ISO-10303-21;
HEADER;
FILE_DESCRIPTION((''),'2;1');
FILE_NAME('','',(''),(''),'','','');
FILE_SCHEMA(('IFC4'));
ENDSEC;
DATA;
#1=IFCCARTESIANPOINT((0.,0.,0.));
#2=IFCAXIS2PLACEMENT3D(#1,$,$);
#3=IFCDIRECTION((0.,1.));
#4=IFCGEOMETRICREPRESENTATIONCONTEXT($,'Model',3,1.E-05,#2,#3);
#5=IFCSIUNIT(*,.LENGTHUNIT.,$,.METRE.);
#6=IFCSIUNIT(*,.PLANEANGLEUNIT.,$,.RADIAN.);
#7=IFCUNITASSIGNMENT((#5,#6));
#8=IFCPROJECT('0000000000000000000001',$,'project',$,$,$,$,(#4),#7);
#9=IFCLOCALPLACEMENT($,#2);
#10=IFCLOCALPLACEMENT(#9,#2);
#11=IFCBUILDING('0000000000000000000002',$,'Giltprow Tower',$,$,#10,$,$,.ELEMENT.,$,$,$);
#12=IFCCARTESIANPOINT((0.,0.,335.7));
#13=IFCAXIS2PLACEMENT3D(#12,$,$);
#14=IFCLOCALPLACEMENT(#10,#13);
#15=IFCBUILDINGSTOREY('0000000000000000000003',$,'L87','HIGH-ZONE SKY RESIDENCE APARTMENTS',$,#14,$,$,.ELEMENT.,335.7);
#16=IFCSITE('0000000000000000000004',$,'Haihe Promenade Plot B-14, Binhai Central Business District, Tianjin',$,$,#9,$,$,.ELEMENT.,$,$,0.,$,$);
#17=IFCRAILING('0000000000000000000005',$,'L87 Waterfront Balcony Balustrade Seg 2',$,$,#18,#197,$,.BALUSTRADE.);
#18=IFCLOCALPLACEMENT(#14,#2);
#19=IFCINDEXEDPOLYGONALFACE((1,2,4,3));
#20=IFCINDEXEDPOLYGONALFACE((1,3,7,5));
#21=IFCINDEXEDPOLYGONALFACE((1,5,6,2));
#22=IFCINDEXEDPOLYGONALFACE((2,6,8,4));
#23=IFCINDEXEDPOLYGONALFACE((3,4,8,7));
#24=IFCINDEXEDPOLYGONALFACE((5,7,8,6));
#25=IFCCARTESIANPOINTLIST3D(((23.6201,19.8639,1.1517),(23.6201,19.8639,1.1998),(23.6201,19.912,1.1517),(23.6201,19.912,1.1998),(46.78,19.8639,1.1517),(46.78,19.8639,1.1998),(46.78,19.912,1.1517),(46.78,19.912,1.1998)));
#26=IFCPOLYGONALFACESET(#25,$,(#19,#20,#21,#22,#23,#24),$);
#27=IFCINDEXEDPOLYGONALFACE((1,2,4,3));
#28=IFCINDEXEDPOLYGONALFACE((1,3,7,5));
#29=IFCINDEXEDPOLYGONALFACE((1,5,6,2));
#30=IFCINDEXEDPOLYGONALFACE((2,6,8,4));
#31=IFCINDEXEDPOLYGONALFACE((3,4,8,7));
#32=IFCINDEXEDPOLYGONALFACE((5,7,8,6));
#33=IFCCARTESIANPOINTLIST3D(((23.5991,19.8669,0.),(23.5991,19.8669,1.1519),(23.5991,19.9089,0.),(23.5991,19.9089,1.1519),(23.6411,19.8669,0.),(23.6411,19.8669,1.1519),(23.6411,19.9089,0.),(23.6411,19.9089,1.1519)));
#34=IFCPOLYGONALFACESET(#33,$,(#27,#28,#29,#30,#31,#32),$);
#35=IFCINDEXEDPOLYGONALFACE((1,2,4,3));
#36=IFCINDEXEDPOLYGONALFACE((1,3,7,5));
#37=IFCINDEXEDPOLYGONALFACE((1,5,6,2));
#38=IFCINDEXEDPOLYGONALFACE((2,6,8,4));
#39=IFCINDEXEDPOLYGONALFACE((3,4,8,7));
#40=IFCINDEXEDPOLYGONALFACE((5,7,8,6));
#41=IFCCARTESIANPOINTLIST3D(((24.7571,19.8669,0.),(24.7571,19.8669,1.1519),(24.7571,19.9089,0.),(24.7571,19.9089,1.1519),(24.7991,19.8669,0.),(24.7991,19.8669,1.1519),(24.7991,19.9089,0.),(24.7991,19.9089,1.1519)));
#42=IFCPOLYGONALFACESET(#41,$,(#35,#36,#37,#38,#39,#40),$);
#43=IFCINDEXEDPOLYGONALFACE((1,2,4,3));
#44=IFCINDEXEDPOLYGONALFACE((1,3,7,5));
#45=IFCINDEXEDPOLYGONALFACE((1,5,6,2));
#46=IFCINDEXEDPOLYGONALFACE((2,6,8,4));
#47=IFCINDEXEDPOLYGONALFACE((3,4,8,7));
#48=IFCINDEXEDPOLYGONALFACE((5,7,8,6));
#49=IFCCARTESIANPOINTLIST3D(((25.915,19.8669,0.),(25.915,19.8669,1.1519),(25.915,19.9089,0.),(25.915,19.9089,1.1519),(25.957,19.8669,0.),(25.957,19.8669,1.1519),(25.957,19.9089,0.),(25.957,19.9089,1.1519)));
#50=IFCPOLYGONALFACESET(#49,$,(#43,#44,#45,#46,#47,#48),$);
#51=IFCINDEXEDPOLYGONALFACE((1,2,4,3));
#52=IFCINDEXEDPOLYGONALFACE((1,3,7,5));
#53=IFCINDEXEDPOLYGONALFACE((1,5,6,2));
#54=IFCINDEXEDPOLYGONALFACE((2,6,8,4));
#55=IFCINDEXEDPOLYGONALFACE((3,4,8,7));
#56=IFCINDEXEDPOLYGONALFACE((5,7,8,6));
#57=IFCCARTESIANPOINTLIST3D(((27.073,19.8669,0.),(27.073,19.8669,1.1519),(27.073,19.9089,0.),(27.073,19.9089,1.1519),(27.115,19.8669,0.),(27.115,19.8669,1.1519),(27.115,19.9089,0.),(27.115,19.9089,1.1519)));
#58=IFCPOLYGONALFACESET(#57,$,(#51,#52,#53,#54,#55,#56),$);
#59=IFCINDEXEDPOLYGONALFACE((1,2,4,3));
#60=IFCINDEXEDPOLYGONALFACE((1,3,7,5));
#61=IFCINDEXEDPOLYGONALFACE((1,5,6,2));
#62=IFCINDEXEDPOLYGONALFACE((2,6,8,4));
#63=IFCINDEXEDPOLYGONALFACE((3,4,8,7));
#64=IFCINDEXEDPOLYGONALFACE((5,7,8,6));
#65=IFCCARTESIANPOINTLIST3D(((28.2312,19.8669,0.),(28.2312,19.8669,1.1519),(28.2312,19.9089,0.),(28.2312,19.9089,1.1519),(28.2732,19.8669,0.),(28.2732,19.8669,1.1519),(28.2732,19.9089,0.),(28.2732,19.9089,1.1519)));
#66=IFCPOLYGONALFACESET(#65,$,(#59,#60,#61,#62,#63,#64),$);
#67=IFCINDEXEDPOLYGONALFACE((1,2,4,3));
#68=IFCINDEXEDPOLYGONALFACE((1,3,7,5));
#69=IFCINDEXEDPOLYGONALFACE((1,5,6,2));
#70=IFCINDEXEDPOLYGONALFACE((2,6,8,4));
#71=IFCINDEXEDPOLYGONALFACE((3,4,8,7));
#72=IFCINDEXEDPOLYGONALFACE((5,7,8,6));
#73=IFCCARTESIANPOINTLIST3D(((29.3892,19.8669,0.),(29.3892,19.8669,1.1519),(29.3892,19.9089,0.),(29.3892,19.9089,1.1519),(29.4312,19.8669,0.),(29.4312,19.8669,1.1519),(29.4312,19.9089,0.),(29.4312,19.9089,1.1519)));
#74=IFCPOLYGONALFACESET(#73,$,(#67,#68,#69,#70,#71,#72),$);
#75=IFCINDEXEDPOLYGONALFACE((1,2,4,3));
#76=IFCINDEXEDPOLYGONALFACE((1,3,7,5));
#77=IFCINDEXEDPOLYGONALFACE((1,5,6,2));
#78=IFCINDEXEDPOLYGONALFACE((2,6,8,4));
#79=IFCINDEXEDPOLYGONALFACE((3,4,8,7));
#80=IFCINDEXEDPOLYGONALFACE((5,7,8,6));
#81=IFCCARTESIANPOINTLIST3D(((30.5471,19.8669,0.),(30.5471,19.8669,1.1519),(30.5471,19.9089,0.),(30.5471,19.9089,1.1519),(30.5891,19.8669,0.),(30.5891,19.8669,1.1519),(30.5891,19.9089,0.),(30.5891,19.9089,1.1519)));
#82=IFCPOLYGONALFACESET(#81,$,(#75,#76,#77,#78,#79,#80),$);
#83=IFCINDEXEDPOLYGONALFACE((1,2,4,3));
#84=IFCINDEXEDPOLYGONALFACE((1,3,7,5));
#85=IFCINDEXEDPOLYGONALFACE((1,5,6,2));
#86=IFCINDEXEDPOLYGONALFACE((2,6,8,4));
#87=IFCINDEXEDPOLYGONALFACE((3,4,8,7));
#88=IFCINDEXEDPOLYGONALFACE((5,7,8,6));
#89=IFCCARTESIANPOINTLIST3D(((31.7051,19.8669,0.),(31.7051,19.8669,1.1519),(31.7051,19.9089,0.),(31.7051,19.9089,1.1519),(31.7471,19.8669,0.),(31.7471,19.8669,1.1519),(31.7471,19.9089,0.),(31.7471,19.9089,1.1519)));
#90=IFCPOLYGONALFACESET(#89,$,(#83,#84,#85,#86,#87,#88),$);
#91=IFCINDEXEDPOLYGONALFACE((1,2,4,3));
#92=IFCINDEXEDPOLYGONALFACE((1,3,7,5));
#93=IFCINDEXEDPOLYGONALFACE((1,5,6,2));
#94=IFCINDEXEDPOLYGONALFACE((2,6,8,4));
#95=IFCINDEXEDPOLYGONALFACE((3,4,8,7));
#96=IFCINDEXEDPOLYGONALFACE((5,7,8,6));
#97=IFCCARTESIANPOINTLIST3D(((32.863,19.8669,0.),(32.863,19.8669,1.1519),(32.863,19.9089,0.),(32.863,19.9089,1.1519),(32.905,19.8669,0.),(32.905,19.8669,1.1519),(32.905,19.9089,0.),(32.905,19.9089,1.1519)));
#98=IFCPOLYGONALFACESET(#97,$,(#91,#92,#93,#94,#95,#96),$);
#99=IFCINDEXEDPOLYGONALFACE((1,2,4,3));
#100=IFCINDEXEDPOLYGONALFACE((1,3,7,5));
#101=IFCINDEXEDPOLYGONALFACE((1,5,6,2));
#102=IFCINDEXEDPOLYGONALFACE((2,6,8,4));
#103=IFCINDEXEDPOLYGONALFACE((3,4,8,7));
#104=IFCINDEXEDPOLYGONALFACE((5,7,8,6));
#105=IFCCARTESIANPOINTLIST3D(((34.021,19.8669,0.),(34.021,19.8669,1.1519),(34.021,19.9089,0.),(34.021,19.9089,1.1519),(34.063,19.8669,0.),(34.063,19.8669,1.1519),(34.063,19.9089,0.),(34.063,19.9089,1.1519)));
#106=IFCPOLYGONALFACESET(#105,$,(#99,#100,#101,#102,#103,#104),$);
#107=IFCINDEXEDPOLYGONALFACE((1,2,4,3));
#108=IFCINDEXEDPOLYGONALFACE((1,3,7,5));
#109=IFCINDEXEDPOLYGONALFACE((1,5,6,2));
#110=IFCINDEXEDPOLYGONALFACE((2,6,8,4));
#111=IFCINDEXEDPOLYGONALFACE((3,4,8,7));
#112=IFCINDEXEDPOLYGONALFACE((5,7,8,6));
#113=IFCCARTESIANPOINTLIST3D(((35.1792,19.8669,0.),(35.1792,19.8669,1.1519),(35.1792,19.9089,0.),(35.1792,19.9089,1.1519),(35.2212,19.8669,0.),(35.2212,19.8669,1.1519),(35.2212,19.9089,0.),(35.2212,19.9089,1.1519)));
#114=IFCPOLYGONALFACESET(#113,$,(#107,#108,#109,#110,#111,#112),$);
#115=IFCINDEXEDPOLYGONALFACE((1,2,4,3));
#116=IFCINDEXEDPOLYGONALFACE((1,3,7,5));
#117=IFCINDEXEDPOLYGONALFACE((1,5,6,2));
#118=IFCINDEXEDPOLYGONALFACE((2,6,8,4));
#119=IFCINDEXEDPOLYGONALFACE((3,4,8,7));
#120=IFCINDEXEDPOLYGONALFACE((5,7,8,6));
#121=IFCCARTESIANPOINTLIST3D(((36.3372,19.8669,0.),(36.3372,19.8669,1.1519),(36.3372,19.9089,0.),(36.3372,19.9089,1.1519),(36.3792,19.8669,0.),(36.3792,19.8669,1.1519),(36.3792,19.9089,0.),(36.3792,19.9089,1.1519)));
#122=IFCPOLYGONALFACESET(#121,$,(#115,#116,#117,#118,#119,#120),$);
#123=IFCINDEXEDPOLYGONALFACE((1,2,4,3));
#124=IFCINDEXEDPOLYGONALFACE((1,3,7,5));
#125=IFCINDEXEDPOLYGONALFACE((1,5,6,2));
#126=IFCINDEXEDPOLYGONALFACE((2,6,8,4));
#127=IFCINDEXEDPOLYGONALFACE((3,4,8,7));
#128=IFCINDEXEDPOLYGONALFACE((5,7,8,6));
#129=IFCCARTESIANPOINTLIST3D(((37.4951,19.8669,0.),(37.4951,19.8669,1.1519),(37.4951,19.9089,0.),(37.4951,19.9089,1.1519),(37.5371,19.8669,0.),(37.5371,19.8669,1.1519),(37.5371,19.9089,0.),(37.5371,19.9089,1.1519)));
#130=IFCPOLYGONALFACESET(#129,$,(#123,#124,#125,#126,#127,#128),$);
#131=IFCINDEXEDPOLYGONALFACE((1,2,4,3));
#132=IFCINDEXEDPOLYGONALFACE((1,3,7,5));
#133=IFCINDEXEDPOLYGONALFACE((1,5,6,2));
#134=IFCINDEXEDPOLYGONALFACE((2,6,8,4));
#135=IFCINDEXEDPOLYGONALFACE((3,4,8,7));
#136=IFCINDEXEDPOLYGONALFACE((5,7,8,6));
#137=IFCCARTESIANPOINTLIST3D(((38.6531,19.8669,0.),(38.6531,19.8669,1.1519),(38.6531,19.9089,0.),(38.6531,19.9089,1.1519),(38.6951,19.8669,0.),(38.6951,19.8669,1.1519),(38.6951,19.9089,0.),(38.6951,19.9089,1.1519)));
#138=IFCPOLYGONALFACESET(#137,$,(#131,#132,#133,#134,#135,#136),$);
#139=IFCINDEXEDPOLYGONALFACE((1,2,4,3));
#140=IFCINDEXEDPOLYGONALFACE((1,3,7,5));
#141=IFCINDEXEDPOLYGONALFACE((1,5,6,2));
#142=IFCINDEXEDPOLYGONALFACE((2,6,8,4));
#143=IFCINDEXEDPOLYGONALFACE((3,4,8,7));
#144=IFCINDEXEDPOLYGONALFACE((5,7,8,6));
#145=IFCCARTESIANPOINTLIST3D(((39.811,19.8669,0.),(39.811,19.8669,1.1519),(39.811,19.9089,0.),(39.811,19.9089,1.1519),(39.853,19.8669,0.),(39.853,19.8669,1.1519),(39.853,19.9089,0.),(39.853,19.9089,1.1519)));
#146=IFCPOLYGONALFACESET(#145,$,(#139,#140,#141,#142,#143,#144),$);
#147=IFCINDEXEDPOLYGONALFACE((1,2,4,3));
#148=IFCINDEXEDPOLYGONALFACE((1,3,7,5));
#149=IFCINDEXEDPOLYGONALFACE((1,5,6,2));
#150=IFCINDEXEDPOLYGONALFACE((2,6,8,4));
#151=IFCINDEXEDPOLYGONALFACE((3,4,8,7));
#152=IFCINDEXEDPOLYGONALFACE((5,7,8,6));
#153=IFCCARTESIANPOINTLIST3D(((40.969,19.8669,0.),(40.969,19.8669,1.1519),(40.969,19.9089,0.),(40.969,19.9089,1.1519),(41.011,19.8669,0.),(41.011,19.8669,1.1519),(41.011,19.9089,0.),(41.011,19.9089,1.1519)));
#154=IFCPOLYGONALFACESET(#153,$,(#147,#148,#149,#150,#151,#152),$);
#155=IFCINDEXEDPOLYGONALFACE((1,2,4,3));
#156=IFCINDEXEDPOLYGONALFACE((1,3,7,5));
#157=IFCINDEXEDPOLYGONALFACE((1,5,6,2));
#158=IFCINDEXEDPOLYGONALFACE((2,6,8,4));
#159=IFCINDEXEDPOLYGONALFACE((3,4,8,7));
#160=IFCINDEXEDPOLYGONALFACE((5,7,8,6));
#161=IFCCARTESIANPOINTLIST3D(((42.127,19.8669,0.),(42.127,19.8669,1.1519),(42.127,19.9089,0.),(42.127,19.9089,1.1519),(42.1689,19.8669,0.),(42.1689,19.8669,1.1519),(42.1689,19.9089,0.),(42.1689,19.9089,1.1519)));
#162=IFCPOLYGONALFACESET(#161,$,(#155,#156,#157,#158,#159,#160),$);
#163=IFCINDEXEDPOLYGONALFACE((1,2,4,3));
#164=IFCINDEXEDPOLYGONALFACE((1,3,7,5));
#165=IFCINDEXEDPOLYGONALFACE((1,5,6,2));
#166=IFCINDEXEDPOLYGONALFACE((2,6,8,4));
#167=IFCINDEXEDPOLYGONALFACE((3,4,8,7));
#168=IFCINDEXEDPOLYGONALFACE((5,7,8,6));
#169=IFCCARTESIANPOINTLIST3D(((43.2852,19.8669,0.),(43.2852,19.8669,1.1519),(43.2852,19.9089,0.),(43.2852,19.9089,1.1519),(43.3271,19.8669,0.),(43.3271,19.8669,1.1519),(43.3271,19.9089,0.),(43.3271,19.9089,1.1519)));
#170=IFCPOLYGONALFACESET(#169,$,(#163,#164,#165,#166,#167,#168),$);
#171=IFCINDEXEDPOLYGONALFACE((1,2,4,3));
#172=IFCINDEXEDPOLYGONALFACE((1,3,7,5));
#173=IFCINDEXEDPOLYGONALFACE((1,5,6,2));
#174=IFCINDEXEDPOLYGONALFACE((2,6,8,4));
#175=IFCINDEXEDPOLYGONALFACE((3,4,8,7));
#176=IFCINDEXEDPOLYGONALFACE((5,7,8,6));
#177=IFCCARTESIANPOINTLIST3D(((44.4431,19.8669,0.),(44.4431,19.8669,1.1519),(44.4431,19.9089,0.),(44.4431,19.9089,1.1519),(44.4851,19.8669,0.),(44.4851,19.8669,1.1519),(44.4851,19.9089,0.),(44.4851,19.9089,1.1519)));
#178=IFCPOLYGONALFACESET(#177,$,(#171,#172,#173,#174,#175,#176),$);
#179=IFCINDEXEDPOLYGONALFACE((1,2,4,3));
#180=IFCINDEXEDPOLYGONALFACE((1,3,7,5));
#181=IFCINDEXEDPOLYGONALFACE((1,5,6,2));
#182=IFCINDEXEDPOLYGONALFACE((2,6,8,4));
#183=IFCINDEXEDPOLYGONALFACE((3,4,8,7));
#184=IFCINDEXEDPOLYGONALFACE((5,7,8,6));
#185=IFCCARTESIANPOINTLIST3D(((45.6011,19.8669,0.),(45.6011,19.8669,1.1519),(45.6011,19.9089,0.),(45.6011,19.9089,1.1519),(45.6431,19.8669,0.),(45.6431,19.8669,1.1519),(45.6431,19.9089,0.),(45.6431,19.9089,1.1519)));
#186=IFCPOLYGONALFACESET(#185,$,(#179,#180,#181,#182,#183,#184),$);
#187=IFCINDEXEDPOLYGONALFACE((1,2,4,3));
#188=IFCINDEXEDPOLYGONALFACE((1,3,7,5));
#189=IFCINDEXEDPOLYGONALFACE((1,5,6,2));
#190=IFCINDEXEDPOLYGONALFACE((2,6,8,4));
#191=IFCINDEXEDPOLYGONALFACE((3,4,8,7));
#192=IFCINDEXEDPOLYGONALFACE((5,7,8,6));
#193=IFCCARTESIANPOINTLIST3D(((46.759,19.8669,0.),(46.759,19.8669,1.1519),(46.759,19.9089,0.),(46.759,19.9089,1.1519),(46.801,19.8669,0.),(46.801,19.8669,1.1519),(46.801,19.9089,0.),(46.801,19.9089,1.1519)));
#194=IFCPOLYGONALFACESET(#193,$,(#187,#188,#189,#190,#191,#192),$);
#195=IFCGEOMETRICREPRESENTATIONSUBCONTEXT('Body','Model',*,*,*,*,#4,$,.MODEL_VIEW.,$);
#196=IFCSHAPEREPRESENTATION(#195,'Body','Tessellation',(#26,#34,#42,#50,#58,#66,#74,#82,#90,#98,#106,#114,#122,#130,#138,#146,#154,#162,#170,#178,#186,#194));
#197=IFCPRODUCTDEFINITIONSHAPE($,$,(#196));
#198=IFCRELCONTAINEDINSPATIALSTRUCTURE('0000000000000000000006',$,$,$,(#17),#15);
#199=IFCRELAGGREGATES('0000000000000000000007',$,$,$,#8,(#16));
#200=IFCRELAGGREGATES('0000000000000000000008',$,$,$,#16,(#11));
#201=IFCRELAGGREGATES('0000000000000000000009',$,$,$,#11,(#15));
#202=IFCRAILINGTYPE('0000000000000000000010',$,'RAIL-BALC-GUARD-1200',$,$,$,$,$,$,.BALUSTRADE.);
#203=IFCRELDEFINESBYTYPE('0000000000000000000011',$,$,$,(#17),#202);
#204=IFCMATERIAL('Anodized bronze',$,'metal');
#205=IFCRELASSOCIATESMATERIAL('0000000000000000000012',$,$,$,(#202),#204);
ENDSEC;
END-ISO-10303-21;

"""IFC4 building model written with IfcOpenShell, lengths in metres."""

from ifc_helpers import new_model, si_unit, direction, frame, origin, origin_2d, place, context, subcontext, project, spatial, rectangle, extrude, material, type_object, element, save


model = new_model("IFC4")

# Units and contexts
model_context = context("Model", 3, precision=1e-05, world=origin(), true_north=direction((0.0, 1.0)))
body_context = subcontext(model_context, "Body", "Model", "MODEL_VIEW")
ifc_project = project(units=[si_unit("LENGTHUNIT", "METRE"), si_unit("PLANEANGLEUNIT", "RADIAN")], contexts=[model_context])

# Site, building, storey
site_placement = place(None, origin())
site = spatial("IfcSite", under=ifc_project, at=site_placement, Name="Haihe Promenade Plot B-14, Binhai Central Business District, Tianjin", CompositionType="ELEMENT", RefElevation=0.0)
building_placement = place(site_placement, origin())
building = spatial("IfcBuilding", under=site, at=building_placement, Name="Giltprow Tower", CompositionType="ELEMENT")
storey_placement = place(building_placement, frame((0.0, 0.0, 335.7)))
storey = spatial("IfcBuildingStorey", under=building, at=storey_placement, Name="L87", Description="HIGH-ZONE SKY RESIDENCE APARTMENTS", CompositionType="ELEMENT", Elevation=335.7)

# Shared definitions
ifc_material_1 = material(Name="Anodized bronze", Category="metal")

# Railing
railing_type = type_object("IfcRailingType", Name="RAIL-BALC-GUARD-1200", PredefinedType="BALUSTRADE", material=ifc_material_1)
railing_1_placement = place(storey_placement, frame((23.6201, 19.8879, 0.0)))
element("IfcRailing", 1, at=railing_1_placement, inside=storey, type_object=railing_type, Name="L87 Waterfront Balcony Balustrade Seg 2", PredefinedType="BALUSTRADE", context=body_context, shape_type="SweptSolid", body=[
    extrude(rectangle(XDim=0.0481, YDim=0.0481, at=origin_2d()), frame((0.0, 0.0, 1.1758), z_axis=(1.0, 0.0, 0.0), x_axis=(0.0, 1.0, 0.0)), (0.0, 0.0, 1.0), 23.1599),
    extrude(rectangle(XDim=0.042, YDim=0.042, at=origin_2d()), origin(), (0.0, 0.0, 1.0), 1.1519),
    extrude(rectangle(XDim=0.042, YDim=0.042, at=origin_2d()), frame((1.158, 0.0, 0.0)), (0.0, 0.0, 1.0), 1.1519),
    extrude(rectangle(XDim=0.042, YDim=0.042, at=origin_2d()), frame((2.3159, 0.0, 0.0)), (0.0, 0.0, 1.0), 1.1519),
    extrude(rectangle(XDim=0.042, YDim=0.042, at=origin_2d()), frame((3.4739, 0.0, 0.0)), (0.0, 0.0, 1.0), 1.1519),
    extrude(rectangle(XDim=0.042, YDim=0.042, at=origin_2d()), frame((4.6321, 0.0, 0.0)), (0.0, 0.0, 1.0), 1.1519),
    extrude(rectangle(XDim=0.042, YDim=0.042, at=origin_2d()), frame((5.79, 0.0, 0.0)), (0.0, 0.0, 1.0), 1.1519),
    extrude(rectangle(XDim=0.042, YDim=0.042, at=origin_2d()), frame((6.948, 0.0, 0.0)), (0.0, 0.0, 1.0), 1.1519),
    extrude(rectangle(XDim=0.042, YDim=0.042, at=origin_2d()), frame((8.106, 0.0, 0.0)), (0.0, 0.0, 1.0), 1.1519),
    extrude(rectangle(XDim=0.042, YDim=0.042, at=origin_2d()), frame((9.2639, 0.0, 0.0)), (0.0, 0.0, 1.0), 1.1519),
    extrude(rectangle(XDim=0.042, YDim=0.042, at=origin_2d()), frame((10.4219, 0.0, 0.0)), (0.0, 0.0, 1.0), 1.1519),
    extrude(rectangle(XDim=0.042, YDim=0.042, at=origin_2d()), frame((11.5801, 0.0, 0.0)), (0.0, 0.0, 1.0), 1.1519),
    extrude(rectangle(XDim=0.042, YDim=0.042, at=origin_2d()), frame((12.738, 0.0, 0.0)), (0.0, 0.0, 1.0), 1.1519),
    extrude(rectangle(XDim=0.042, YDim=0.042, at=origin_2d()), frame((13.896, 0.0, 0.0)), (0.0, 0.0, 1.0), 1.1519),
    extrude(rectangle(XDim=0.042, YDim=0.042, at=origin_2d()), frame((15.054, 0.0, 0.0)), (0.0, 0.0, 1.0), 1.1519),
    extrude(rectangle(XDim=0.042, YDim=0.042, at=origin_2d()), frame((16.2119, 0.0, 0.0)), (0.0, 0.0, 1.0), 1.1519),
    extrude(rectangle(XDim=0.042, YDim=0.042, at=origin_2d()), frame((17.3699, 0.0, 0.0)), (0.0, 0.0, 1.0), 1.1519),
    extrude(rectangle(XDim=0.042, YDim=0.042, at=origin_2d()), frame((18.5278, 0.0, 0.0)), (0.0, 0.0, 1.0), 1.1519),
    extrude(rectangle(XDim=0.042, YDim=0.042, at=origin_2d()), frame((19.686, 0.0, 0.0)), (0.0, 0.0, 1.0), 1.1519),
    extrude(rectangle(XDim=0.042, YDim=0.042, at=origin_2d()), frame((20.844, 0.0, 0.0)), (0.0, 0.0, 1.0), 1.1519),
    extrude(rectangle(XDim=0.042, YDim=0.042, at=origin_2d()), frame((22.002, 0.0, 0.0)), (0.0, 0.0, 1.0), 1.1519),
    extrude(rectangle(XDim=0.042, YDim=0.042, at=origin_2d()), frame((23.1599, 0.0, 0.0)), (0.0, 0.0, 1.0), 1.1519),
])

save(model, "model.ifc")
